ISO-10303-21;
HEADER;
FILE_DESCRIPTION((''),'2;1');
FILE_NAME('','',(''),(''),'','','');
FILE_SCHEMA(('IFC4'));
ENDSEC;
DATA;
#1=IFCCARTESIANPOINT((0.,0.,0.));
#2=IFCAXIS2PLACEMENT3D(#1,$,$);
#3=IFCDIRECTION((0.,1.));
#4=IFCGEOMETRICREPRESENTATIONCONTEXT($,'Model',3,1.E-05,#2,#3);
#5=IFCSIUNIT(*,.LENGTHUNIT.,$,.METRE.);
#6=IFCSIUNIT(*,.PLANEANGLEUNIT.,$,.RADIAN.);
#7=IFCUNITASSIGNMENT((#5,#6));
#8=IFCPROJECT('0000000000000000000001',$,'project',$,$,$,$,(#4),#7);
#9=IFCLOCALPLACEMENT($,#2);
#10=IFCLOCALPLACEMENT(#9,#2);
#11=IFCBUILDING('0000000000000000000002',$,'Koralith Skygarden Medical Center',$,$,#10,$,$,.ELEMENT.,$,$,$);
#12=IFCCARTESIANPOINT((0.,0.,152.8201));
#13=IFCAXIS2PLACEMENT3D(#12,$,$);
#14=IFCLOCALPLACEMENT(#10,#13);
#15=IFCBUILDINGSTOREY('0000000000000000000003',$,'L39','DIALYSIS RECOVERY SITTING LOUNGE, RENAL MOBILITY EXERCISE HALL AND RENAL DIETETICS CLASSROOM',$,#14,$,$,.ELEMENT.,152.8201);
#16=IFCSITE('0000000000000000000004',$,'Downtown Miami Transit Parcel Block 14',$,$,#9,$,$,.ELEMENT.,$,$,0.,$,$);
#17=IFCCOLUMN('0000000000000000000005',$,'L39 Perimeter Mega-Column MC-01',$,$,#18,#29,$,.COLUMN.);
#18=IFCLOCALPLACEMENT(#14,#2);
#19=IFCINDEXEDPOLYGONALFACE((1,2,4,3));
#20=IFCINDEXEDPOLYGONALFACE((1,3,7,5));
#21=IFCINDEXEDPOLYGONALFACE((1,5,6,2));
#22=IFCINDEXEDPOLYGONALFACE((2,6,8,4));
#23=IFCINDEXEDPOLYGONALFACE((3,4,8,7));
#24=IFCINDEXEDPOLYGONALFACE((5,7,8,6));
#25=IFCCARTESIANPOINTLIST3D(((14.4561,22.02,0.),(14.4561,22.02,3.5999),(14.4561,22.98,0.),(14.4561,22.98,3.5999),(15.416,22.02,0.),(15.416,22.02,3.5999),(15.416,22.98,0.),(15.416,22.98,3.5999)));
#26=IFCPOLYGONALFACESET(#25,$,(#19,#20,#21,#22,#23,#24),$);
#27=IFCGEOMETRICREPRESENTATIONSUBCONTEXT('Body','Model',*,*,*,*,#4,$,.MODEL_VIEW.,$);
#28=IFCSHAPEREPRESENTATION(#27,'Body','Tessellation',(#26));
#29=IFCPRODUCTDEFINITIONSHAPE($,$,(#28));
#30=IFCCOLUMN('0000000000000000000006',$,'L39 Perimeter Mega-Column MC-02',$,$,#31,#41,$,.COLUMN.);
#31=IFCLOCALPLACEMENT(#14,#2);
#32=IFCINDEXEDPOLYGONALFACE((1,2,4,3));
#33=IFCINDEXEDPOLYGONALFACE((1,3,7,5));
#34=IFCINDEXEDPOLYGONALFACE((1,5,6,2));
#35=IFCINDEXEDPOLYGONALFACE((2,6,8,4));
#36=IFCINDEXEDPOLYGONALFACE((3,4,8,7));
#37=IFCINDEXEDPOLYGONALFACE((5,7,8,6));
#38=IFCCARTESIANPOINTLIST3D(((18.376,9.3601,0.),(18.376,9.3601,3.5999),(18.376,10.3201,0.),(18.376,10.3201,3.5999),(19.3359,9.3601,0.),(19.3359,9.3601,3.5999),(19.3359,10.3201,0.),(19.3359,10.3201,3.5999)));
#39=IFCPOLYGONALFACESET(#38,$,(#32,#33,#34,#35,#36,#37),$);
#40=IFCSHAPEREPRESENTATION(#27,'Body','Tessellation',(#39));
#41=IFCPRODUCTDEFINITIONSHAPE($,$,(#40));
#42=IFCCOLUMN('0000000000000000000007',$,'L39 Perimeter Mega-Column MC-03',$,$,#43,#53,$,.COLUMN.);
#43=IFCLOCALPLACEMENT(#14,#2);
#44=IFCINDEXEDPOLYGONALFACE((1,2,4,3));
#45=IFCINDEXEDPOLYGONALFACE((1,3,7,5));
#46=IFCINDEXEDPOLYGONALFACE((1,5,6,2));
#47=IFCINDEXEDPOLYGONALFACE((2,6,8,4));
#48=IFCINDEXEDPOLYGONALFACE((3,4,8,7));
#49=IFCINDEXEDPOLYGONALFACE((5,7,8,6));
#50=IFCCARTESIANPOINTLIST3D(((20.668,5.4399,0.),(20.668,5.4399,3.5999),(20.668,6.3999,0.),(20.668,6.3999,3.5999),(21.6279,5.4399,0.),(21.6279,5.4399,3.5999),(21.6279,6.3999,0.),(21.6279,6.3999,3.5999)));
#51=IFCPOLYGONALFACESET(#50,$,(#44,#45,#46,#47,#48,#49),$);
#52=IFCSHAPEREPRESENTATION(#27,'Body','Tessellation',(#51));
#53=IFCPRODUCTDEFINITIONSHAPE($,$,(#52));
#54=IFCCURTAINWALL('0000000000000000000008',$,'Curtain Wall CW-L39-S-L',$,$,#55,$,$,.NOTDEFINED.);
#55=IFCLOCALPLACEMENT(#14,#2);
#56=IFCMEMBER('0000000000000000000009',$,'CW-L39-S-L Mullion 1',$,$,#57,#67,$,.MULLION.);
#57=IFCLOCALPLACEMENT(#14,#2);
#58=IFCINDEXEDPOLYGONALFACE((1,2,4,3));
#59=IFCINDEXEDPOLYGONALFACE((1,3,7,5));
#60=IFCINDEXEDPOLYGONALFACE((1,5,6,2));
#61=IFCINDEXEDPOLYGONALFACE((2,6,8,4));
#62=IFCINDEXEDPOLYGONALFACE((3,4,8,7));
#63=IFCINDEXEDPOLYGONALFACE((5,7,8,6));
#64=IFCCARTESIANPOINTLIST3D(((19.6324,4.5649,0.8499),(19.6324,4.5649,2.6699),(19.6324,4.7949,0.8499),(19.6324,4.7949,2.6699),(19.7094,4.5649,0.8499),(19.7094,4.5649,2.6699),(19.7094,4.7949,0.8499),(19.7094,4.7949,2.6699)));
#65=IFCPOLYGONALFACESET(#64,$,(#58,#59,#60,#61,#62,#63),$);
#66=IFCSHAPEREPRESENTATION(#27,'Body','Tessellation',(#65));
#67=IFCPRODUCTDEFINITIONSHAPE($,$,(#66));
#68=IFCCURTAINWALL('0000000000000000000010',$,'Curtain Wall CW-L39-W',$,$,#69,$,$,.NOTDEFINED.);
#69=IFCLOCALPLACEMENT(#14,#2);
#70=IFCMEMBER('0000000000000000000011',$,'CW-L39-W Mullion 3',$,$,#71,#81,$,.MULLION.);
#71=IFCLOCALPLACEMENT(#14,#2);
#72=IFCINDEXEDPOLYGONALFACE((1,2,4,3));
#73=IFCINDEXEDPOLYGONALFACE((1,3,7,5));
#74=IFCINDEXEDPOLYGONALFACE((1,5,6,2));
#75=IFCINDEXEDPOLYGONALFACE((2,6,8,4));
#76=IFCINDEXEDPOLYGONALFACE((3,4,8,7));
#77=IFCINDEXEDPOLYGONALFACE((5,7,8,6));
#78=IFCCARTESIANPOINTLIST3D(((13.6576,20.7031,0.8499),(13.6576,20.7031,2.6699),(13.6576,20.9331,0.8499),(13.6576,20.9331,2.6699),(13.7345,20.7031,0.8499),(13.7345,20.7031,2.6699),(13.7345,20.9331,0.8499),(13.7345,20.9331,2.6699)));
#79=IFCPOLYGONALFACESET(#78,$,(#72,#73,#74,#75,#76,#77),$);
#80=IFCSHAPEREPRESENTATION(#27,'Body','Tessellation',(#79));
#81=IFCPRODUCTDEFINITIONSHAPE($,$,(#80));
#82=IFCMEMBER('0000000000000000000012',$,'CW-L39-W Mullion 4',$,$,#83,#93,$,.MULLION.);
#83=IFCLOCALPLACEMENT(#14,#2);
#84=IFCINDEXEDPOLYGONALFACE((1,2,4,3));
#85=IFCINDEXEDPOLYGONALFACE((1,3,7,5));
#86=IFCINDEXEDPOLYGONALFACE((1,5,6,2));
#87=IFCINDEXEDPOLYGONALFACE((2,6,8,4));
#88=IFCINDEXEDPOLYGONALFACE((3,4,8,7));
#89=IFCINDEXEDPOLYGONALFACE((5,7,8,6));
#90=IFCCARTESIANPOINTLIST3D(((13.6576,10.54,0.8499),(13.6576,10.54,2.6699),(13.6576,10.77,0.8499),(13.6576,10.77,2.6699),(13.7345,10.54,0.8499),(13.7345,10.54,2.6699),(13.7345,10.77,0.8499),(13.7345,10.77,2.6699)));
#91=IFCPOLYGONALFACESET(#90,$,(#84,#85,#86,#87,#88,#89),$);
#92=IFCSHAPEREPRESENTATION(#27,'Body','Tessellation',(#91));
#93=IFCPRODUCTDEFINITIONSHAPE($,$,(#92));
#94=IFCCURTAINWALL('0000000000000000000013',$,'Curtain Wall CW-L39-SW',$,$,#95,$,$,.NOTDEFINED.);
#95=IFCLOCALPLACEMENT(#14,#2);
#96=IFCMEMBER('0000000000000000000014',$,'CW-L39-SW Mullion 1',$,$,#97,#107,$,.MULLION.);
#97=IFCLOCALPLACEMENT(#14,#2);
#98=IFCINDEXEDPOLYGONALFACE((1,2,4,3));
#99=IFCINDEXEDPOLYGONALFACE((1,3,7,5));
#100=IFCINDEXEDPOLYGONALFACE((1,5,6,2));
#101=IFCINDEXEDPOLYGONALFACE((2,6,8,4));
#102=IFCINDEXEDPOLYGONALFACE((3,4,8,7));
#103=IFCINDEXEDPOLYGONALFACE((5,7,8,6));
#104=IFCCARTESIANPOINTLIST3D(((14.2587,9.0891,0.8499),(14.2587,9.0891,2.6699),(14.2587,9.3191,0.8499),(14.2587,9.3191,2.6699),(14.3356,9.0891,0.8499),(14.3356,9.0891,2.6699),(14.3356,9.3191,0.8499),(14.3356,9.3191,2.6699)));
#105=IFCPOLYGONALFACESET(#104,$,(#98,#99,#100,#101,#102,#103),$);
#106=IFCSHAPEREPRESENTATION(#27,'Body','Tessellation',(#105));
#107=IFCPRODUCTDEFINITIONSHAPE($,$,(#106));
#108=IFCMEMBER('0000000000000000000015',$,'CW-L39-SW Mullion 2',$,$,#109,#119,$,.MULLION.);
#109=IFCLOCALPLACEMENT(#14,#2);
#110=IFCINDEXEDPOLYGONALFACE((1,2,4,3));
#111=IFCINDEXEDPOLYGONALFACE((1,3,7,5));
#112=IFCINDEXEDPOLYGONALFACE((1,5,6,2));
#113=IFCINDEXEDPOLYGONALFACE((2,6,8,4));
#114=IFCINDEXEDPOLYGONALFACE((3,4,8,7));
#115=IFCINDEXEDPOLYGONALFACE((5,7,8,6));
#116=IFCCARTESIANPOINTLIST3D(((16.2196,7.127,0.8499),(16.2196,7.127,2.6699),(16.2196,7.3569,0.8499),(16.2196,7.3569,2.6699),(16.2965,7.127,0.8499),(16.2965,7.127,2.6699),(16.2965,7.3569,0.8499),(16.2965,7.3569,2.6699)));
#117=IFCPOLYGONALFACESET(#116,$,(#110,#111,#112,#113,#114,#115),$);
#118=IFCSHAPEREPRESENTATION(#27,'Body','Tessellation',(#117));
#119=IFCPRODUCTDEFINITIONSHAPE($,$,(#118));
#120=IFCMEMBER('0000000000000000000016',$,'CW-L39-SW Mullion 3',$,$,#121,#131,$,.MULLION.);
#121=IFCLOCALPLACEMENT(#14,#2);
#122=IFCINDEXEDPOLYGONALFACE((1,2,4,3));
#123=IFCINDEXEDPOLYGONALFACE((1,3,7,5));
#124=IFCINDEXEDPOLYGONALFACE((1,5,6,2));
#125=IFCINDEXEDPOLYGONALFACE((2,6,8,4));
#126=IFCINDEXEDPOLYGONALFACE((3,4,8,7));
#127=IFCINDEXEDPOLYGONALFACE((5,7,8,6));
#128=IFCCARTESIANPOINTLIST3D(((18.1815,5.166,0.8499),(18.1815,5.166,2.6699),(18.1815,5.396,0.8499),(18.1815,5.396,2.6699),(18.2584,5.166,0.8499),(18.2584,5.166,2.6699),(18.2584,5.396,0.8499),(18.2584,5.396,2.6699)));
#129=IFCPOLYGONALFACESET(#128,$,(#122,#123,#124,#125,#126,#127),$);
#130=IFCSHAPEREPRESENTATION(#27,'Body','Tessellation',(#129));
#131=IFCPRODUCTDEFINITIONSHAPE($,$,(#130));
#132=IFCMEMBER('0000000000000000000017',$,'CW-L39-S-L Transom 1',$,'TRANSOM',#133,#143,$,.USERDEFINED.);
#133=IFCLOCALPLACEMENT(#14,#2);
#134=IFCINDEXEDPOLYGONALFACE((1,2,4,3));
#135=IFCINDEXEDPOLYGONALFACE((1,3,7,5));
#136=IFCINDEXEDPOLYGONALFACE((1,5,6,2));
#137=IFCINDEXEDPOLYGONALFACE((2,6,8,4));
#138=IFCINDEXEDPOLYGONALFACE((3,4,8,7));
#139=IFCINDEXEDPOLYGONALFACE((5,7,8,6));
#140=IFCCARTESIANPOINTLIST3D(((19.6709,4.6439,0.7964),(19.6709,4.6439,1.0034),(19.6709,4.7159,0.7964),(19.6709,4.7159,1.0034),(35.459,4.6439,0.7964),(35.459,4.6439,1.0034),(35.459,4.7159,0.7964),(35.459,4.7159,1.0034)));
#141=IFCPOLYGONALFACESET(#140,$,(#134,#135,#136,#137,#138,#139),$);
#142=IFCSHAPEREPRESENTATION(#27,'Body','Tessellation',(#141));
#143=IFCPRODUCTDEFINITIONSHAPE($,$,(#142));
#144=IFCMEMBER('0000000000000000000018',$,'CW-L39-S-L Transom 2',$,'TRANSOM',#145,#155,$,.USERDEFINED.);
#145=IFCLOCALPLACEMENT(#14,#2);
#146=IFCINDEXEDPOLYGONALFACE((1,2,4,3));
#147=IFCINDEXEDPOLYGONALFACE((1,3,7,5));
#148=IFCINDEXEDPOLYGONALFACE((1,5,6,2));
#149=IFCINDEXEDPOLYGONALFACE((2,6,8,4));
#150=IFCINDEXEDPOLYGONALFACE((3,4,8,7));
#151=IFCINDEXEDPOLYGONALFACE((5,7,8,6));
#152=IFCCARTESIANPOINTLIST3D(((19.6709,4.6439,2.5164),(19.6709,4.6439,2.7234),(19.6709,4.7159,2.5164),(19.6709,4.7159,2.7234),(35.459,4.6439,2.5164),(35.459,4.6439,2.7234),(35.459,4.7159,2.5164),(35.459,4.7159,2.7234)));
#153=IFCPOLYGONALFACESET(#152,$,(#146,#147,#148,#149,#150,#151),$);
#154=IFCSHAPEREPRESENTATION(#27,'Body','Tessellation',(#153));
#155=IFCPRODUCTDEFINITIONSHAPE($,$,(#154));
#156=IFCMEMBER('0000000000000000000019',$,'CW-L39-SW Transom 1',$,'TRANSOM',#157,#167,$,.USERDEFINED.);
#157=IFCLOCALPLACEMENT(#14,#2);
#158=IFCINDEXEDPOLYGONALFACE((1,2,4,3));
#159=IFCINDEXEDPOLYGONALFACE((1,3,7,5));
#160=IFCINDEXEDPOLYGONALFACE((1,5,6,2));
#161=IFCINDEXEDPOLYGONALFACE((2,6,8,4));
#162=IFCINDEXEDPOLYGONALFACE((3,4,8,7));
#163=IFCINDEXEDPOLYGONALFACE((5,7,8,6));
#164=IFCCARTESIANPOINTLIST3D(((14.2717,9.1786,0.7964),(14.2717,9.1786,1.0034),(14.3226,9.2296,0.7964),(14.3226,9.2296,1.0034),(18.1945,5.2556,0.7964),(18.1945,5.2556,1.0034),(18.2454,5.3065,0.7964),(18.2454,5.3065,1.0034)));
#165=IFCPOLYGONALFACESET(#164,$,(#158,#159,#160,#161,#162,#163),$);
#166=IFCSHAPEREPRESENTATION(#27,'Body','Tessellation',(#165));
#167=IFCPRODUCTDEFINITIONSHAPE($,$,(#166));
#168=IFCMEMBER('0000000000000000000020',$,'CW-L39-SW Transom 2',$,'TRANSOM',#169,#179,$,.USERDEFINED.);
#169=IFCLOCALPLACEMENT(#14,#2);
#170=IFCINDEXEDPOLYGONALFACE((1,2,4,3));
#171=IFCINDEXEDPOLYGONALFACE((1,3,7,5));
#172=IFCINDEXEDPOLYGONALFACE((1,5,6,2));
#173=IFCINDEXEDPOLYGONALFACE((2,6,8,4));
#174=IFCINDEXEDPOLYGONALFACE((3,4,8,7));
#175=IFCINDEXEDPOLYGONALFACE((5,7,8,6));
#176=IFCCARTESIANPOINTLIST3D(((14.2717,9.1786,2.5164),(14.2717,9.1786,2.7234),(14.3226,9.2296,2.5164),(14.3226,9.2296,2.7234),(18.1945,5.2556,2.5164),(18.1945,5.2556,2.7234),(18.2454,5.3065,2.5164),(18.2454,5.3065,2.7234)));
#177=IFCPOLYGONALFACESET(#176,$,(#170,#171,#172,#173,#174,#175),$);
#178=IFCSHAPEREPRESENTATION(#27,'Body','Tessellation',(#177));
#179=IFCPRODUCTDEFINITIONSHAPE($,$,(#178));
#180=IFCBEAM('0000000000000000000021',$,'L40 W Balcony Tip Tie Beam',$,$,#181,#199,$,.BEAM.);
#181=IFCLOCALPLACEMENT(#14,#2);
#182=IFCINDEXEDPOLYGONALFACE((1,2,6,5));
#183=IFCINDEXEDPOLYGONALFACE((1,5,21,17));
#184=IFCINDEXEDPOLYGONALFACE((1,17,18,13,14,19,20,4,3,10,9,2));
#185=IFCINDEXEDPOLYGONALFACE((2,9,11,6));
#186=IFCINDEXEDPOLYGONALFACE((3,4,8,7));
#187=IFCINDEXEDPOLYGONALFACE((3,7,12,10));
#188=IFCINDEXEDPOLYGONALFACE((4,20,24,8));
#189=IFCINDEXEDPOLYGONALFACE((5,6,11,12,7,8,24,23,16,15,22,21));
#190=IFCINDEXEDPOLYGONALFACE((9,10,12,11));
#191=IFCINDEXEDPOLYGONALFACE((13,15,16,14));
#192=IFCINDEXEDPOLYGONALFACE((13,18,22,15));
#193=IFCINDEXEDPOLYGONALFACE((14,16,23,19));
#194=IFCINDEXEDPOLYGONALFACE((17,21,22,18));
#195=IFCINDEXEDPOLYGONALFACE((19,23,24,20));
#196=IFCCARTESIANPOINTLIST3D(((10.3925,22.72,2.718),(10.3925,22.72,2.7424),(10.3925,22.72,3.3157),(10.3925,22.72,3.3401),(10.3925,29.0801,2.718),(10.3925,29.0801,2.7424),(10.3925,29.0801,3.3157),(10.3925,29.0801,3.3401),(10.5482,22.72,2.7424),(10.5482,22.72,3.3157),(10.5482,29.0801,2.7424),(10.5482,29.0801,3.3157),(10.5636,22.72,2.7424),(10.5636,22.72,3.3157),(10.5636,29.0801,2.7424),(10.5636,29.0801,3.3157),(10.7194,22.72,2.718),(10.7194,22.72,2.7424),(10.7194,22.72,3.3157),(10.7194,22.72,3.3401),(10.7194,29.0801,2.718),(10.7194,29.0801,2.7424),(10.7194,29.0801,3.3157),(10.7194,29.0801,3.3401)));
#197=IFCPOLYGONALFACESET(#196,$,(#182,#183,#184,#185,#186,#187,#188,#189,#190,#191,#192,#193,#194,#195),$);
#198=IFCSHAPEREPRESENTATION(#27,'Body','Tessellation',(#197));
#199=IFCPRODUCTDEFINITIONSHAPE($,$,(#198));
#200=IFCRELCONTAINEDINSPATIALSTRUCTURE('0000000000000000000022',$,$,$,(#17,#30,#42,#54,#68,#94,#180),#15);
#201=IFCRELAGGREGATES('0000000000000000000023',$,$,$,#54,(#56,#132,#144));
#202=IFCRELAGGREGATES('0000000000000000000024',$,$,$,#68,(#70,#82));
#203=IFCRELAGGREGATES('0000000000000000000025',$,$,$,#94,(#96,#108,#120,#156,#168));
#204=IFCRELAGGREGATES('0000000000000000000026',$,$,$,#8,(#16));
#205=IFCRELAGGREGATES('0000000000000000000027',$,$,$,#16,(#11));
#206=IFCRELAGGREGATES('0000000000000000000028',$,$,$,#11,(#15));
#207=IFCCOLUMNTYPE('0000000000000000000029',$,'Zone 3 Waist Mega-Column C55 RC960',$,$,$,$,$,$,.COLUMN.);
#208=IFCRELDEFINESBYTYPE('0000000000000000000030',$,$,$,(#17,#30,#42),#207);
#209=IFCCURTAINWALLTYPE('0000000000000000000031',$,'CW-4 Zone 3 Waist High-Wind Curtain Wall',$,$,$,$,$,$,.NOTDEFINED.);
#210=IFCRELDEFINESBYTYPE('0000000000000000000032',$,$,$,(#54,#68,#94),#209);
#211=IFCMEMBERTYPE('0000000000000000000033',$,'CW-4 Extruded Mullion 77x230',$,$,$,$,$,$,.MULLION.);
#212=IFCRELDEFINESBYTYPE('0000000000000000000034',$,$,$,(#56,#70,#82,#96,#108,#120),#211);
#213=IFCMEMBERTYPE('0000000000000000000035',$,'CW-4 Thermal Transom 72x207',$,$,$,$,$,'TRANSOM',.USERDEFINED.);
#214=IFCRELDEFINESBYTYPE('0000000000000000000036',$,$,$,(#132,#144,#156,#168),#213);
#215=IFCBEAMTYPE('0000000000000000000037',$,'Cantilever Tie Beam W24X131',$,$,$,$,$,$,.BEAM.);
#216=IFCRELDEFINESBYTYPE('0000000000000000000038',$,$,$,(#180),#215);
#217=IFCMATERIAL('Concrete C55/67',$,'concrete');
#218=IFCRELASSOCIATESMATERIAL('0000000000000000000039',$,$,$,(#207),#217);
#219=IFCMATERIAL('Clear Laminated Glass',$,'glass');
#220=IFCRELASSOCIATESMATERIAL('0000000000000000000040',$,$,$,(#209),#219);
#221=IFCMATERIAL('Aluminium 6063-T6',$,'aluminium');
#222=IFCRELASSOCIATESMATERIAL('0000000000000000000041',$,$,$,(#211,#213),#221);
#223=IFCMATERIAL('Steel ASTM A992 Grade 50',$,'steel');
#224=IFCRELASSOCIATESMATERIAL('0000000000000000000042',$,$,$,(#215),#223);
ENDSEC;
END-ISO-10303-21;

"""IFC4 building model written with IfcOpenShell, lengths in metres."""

from ifc_helpers import new_model, si_unit, direction, frame, origin, origin_2d, place, context, subcontext, project, spatial, rectangle, i_section, extrude, material, material_profile, profile_set, type_object, element, aggregate, save


model = new_model("IFC4")

# Units and contexts
model_context = context("Model", 3, precision=1e-05, world=origin(), true_north=direction((0.0, 1.0)))
body_context = subcontext(model_context, "Body", "Model", "MODEL_VIEW")
ifc_project = project(units=[si_unit("LENGTHUNIT", "METRE"), si_unit("PLANEANGLEUNIT", "RADIAN")], contexts=[model_context])

# Site, building, storey
site_placement = place(None, origin())
site = spatial("IfcSite", under=ifc_project, at=site_placement, Name="Downtown Miami Transit Parcel Block 14", CompositionType="ELEMENT", RefElevation=0.0)
building_placement = place(site_placement, origin())
building = spatial("IfcBuilding", under=site, at=building_placement, Name="Koralith Skygarden Medical Center", CompositionType="ELEMENT")
storey_placement = place(building_placement, frame((0.0, 0.0, 152.8201)))
storey = spatial("IfcBuildingStorey", under=building, at=storey_placement, Name="L39", Description="DIALYSIS RECOVERY SITTING LOUNGE, RENAL MOBILITY EXERCISE HALL AND RENAL DIETETICS CLASSROOM", CompositionType="ELEMENT", Elevation=152.8201)

# Columns
ifc_material_1 = material(Name="Concrete C55/67", Category="concrete")
ifc_material_profile_1 = material_profile(ifc_material_1, rectangle(XDim=0.96, YDim=0.96, at=origin_2d()), Name="RC960X960")
ifc_profile_set_1 = profile_set([ifc_material_profile_1], Name="Concrete C55/67")
column_type = type_object("IfcColumnType", Name="Zone 3 Waist Mega-Column C55 RC960", PredefinedType="COLUMN", material=ifc_profile_set_1)
for number, where, z_axis, x_axis, name in (
    (1, (14.936, 22.5, 0.0), (0.0, 0.0, 1.0), (1.0, 0.0, 0.0), "L39 Perimeter Mega-Column MC-01"),
    (2, (18.856, 9.8401, 0.0), (0.0, 0.0, 1.0), (1.0, 0.0, 0.0), "L39 Perimeter Mega-Column MC-02"),
    (3, (21.1479, 5.9199, 0.0), (0.0, 0.0, 1.0), (1.0, 0.0, 0.0), "L39 Perimeter Mega-Column MC-03"),
):
    element("IfcColumn", number, at=place(storey_placement, frame(where, z_axis=z_axis, x_axis=x_axis)), inside=storey, type_object=column_type, Name=name, PredefinedType="COLUMN", context=body_context, shape_type="SweptSolid", body=[
        extrude(rectangle(XDim=0.96, YDim=0.96, at=origin_2d()), origin(), (0.0, 0.0, 1.0), 3.5999),
    ])

# Curtain wall, member
ifc_material_2 = material(Name="Clear Laminated Glass", Category="glass")
curtain_wall_type = type_object("IfcCurtainWallType", Name="CW-4 Zone 3 Waist High-Wind Curtain Wall", PredefinedType="NOTDEFINED", material=ifc_material_2)
curtain_wall_1_placement = place(storey_placement, origin())
curtain_wall_1 = element("IfcCurtainWall", 4, at=curtain_wall_1_placement, inside=storey, type_object=curtain_wall_type, Name="Curtain Wall CW-L39-S-L", PredefinedType="NOTDEFINED")
ifc_material_3 = material(Name="Aluminium 6063-T6", Category="aluminium")
ifc_material_profile_2 = material_profile(ifc_material_3, rectangle(XDim=0.0769, YDim=0.23, at=origin_2d()), Name="MUL77X230")
ifc_profile_set_2 = profile_set([ifc_material_profile_2], Name="Aluminium 6063-T6")
member_type_1 = type_object("IfcMemberType", Name="CW-4 Extruded Mullion 77x230", PredefinedType="MULLION", material=ifc_profile_set_2)
member_1_placement = place(storey_placement, frame((19.6709, 4.6799, 0.8499), z_axis=(0.0, 0.0, 1.0), x_axis=(1.0, 0.0, 0.0)))
member_1 = element("IfcMember", 5, at=member_1_placement, type_object=member_type_1, Name="CW-L39-S-L Mullion 1", PredefinedType="MULLION", context=body_context, shape_type="SweptSolid", body=[
    extrude(rectangle(XDim=0.0769, YDim=0.23, at=origin_2d()), origin(), (0.0, 0.0, 1.0), 1.8201),
])

# Curtain walls, members
curtain_wall_2_placement = place(storey_placement, origin())
curtain_wall_2 = element("IfcCurtainWall", 6, at=curtain_wall_2_placement, inside=storey, type_object=curtain_wall_type, Name="Curtain Wall CW-L39-W", PredefinedType="NOTDEFINED")
member_2_placement = place(storey_placement, frame((13.696, 20.8181, 0.8499), z_axis=(0.0, 0.0, 1.0), x_axis=(1.0, 0.0, 0.0)))
member_2 = element("IfcMember", 7, at=member_2_placement, type_object=member_type_1, Name="CW-L39-W Mullion 3", PredefinedType="MULLION", context=body_context, shape_type="SweptSolid", body=[
    extrude(rectangle(XDim=0.0769, YDim=0.23, at=origin_2d()), origin(), (0.0, 0.0, 1.0), 1.8201),
])
member_3_placement = place(storey_placement, frame((13.696, 10.655, 0.8499), z_axis=(0.0, 0.0, 1.0), x_axis=(1.0, 0.0, 0.0)))
member_3 = element("IfcMember", 8, at=member_3_placement, type_object=member_type_1, Name="CW-L39-W Mullion 4", PredefinedType="MULLION", context=body_context, shape_type="SweptSolid", body=[
    extrude(rectangle(XDim=0.0769, YDim=0.23, at=origin_2d()), origin(), (0.0, 0.0, 1.0), 1.8201),
])
curtain_wall_3_placement = place(storey_placement, origin())
curtain_wall_3 = element("IfcCurtainWall", 9, at=curtain_wall_3_placement, inside=storey, type_object=curtain_wall_type, Name="Curtain Wall CW-L39-SW", PredefinedType="NOTDEFINED")
member_4_placement = place(storey_placement, frame((14.2971, 9.2041, 0.8499), z_axis=(0.0, 0.0, 1.0), x_axis=(1.0, 0.0, 0.0)))
member_4 = element("IfcMember", 10, at=member_4_placement, type_object=member_type_1, Name="CW-L39-SW Mullion 1", PredefinedType="MULLION", context=body_context, shape_type="SweptSolid", body=[
    extrude(rectangle(XDim=0.0769, YDim=0.23, at=origin_2d()), origin(), (0.0, 0.0, 1.0), 1.8201),
])
member_5_placement = place(storey_placement, frame((16.2581, 7.2419, 0.8499), z_axis=(0.0, 0.0, 1.0), x_axis=(1.0, 0.0, 0.0)))
member_5 = element("IfcMember", 11, at=member_5_placement, type_object=member_type_1, Name="CW-L39-SW Mullion 2", PredefinedType="MULLION", context=body_context, shape_type="SweptSolid", body=[
    extrude(rectangle(XDim=0.0769, YDim=0.23, at=origin_2d()), origin(), (0.0, 0.0, 1.0), 1.8201),
])
member_6_placement = place(storey_placement, frame((18.22, 5.281, 0.8499), z_axis=(0.0, 0.0, 1.0), x_axis=(1.0, 0.0, 0.0)))
member_6 = element("IfcMember", 12, at=member_6_placement, type_object=member_type_1, Name="CW-L39-SW Mullion 3", PredefinedType="MULLION", context=body_context, shape_type="SweptSolid", body=[
    extrude(rectangle(XDim=0.0769, YDim=0.23, at=origin_2d()), origin(), (0.0, 0.0, 1.0), 1.8201),
])

# Members
ifc_material_profile_3 = material_profile(ifc_material_3, rectangle(XDim=0.072, YDim=0.207, at=origin_2d()), Name="TRN72X207")
ifc_profile_set_3 = profile_set([ifc_material_profile_3], Name="Aluminium 6063-T6")
member_type_2 = type_object("IfcMemberType", Name="CW-4 Thermal Transom 72x207", ElementType="TRANSOM", PredefinedType="USERDEFINED", material=ifc_profile_set_3)
member_7_placement = place(storey_placement, frame((19.6709, 4.6799, 0.8999), z_axis=(1.0, 0.0, 0.0), x_axis=(0.0, 1.0, 0.0)))
member_7 = element("IfcMember", 13, at=member_7_placement, type_object=member_type_2, Name="CW-L39-S-L Transom 1", ObjectType="TRANSOM", PredefinedType="USERDEFINED", context=body_context, shape_type="SweptSolid", body=[
    extrude(rectangle(XDim=0.072, YDim=0.207, at=origin_2d()), origin(), (0.0, 0.0, 1.0), 15.7881),
])
member_8_placement = place(storey_placement, frame((19.6709, 4.6799, 2.6199), z_axis=(1.0, 0.0, 0.0), x_axis=(0.0, 1.0, 0.0)))
member_8 = element("IfcMember", 14, at=member_8_placement, type_object=member_type_2, Name="CW-L39-S-L Transom 2", ObjectType="TRANSOM", PredefinedType="USERDEFINED", context=body_context, shape_type="SweptSolid", body=[
    extrude(rectangle(XDim=0.072, YDim=0.207, at=origin_2d()), origin(), (0.0, 0.0, 1.0), 15.7881),
])
aggregate(curtain_wall_1, [member_1, member_7, member_8])
member_9_placement = place(storey_placement, frame((14.2971, 9.2041, 0.8999), z_axis=(0.707085, -0.707129, 0.0), x_axis=(0.707129, 0.707085, 0.0)))
member_9 = element("IfcMember", 15, at=member_9_placement, type_object=member_type_2, Name="CW-L39-SW Transom 1", ObjectType="TRANSOM", PredefinedType="USERDEFINED", context=body_context, shape_type="SweptSolid", body=[
    extrude(rectangle(XDim=0.072, YDim=0.207, at=origin_2d()), origin(), (0.0, 0.0, 1.0), 5.5479),
])
member_10_placement = place(storey_placement, frame((14.2971, 9.2041, 2.6199), z_axis=(0.707085, -0.707129, 0.0), x_axis=(0.707129, 0.707085, 0.0)))
member_10 = element("IfcMember", 16, at=member_10_placement, type_object=member_type_2, Name="CW-L39-SW Transom 2", ObjectType="TRANSOM", PredefinedType="USERDEFINED", context=body_context, shape_type="SweptSolid", body=[
    extrude(rectangle(XDim=0.072, YDim=0.207, at=origin_2d()), origin(), (0.0, 0.0, 1.0), 5.5479),
])

# Beam
ifc_material_4 = material(Name="Steel ASTM A992 Grade 50", Category="steel")
ifc_material_profile_4 = material_profile(ifc_material_4, i_section(OverallWidth=0.3269, OverallDepth=0.6221, WebThickness=0.0154, FlangeThickness=0.0244, at=origin_2d()), Name="W24X131")
ifc_profile_set_4 = profile_set([ifc_material_profile_4], Name="Steel ASTM A992 Grade 50")
beam_type_1 = type_object("IfcBeamType", Name="Cantilever Tie Beam W24X131", PredefinedType="BEAM", material=ifc_profile_set_4)
beam_1_placement = place(storey_placement, frame((10.5559, 22.72, 3.0291), z_axis=(0.0, 1.0, 0.0), x_axis=(-1.0, 0.0, 0.0)))
element("IfcBeam", 17, at=beam_1_placement, inside=storey, type_object=beam_type_1, Name="L40 W Balcony Tip Tie Beam", PredefinedType="BEAM", context=body_context, shape_type="SweptSolid", body=[
    extrude(i_section(OverallWidth=0.3269, OverallDepth=0.6221, WebThickness=0.0154, FlangeThickness=0.0244, at=origin_2d()), origin(), (0.0, 0.0, 1.0), 6.3601),
])

aggregate(curtain_wall_2, [member_2, member_3])
aggregate(curtain_wall_3, [member_4, member_5, member_6, member_9, member_10])

save(model, "model.ifc")
